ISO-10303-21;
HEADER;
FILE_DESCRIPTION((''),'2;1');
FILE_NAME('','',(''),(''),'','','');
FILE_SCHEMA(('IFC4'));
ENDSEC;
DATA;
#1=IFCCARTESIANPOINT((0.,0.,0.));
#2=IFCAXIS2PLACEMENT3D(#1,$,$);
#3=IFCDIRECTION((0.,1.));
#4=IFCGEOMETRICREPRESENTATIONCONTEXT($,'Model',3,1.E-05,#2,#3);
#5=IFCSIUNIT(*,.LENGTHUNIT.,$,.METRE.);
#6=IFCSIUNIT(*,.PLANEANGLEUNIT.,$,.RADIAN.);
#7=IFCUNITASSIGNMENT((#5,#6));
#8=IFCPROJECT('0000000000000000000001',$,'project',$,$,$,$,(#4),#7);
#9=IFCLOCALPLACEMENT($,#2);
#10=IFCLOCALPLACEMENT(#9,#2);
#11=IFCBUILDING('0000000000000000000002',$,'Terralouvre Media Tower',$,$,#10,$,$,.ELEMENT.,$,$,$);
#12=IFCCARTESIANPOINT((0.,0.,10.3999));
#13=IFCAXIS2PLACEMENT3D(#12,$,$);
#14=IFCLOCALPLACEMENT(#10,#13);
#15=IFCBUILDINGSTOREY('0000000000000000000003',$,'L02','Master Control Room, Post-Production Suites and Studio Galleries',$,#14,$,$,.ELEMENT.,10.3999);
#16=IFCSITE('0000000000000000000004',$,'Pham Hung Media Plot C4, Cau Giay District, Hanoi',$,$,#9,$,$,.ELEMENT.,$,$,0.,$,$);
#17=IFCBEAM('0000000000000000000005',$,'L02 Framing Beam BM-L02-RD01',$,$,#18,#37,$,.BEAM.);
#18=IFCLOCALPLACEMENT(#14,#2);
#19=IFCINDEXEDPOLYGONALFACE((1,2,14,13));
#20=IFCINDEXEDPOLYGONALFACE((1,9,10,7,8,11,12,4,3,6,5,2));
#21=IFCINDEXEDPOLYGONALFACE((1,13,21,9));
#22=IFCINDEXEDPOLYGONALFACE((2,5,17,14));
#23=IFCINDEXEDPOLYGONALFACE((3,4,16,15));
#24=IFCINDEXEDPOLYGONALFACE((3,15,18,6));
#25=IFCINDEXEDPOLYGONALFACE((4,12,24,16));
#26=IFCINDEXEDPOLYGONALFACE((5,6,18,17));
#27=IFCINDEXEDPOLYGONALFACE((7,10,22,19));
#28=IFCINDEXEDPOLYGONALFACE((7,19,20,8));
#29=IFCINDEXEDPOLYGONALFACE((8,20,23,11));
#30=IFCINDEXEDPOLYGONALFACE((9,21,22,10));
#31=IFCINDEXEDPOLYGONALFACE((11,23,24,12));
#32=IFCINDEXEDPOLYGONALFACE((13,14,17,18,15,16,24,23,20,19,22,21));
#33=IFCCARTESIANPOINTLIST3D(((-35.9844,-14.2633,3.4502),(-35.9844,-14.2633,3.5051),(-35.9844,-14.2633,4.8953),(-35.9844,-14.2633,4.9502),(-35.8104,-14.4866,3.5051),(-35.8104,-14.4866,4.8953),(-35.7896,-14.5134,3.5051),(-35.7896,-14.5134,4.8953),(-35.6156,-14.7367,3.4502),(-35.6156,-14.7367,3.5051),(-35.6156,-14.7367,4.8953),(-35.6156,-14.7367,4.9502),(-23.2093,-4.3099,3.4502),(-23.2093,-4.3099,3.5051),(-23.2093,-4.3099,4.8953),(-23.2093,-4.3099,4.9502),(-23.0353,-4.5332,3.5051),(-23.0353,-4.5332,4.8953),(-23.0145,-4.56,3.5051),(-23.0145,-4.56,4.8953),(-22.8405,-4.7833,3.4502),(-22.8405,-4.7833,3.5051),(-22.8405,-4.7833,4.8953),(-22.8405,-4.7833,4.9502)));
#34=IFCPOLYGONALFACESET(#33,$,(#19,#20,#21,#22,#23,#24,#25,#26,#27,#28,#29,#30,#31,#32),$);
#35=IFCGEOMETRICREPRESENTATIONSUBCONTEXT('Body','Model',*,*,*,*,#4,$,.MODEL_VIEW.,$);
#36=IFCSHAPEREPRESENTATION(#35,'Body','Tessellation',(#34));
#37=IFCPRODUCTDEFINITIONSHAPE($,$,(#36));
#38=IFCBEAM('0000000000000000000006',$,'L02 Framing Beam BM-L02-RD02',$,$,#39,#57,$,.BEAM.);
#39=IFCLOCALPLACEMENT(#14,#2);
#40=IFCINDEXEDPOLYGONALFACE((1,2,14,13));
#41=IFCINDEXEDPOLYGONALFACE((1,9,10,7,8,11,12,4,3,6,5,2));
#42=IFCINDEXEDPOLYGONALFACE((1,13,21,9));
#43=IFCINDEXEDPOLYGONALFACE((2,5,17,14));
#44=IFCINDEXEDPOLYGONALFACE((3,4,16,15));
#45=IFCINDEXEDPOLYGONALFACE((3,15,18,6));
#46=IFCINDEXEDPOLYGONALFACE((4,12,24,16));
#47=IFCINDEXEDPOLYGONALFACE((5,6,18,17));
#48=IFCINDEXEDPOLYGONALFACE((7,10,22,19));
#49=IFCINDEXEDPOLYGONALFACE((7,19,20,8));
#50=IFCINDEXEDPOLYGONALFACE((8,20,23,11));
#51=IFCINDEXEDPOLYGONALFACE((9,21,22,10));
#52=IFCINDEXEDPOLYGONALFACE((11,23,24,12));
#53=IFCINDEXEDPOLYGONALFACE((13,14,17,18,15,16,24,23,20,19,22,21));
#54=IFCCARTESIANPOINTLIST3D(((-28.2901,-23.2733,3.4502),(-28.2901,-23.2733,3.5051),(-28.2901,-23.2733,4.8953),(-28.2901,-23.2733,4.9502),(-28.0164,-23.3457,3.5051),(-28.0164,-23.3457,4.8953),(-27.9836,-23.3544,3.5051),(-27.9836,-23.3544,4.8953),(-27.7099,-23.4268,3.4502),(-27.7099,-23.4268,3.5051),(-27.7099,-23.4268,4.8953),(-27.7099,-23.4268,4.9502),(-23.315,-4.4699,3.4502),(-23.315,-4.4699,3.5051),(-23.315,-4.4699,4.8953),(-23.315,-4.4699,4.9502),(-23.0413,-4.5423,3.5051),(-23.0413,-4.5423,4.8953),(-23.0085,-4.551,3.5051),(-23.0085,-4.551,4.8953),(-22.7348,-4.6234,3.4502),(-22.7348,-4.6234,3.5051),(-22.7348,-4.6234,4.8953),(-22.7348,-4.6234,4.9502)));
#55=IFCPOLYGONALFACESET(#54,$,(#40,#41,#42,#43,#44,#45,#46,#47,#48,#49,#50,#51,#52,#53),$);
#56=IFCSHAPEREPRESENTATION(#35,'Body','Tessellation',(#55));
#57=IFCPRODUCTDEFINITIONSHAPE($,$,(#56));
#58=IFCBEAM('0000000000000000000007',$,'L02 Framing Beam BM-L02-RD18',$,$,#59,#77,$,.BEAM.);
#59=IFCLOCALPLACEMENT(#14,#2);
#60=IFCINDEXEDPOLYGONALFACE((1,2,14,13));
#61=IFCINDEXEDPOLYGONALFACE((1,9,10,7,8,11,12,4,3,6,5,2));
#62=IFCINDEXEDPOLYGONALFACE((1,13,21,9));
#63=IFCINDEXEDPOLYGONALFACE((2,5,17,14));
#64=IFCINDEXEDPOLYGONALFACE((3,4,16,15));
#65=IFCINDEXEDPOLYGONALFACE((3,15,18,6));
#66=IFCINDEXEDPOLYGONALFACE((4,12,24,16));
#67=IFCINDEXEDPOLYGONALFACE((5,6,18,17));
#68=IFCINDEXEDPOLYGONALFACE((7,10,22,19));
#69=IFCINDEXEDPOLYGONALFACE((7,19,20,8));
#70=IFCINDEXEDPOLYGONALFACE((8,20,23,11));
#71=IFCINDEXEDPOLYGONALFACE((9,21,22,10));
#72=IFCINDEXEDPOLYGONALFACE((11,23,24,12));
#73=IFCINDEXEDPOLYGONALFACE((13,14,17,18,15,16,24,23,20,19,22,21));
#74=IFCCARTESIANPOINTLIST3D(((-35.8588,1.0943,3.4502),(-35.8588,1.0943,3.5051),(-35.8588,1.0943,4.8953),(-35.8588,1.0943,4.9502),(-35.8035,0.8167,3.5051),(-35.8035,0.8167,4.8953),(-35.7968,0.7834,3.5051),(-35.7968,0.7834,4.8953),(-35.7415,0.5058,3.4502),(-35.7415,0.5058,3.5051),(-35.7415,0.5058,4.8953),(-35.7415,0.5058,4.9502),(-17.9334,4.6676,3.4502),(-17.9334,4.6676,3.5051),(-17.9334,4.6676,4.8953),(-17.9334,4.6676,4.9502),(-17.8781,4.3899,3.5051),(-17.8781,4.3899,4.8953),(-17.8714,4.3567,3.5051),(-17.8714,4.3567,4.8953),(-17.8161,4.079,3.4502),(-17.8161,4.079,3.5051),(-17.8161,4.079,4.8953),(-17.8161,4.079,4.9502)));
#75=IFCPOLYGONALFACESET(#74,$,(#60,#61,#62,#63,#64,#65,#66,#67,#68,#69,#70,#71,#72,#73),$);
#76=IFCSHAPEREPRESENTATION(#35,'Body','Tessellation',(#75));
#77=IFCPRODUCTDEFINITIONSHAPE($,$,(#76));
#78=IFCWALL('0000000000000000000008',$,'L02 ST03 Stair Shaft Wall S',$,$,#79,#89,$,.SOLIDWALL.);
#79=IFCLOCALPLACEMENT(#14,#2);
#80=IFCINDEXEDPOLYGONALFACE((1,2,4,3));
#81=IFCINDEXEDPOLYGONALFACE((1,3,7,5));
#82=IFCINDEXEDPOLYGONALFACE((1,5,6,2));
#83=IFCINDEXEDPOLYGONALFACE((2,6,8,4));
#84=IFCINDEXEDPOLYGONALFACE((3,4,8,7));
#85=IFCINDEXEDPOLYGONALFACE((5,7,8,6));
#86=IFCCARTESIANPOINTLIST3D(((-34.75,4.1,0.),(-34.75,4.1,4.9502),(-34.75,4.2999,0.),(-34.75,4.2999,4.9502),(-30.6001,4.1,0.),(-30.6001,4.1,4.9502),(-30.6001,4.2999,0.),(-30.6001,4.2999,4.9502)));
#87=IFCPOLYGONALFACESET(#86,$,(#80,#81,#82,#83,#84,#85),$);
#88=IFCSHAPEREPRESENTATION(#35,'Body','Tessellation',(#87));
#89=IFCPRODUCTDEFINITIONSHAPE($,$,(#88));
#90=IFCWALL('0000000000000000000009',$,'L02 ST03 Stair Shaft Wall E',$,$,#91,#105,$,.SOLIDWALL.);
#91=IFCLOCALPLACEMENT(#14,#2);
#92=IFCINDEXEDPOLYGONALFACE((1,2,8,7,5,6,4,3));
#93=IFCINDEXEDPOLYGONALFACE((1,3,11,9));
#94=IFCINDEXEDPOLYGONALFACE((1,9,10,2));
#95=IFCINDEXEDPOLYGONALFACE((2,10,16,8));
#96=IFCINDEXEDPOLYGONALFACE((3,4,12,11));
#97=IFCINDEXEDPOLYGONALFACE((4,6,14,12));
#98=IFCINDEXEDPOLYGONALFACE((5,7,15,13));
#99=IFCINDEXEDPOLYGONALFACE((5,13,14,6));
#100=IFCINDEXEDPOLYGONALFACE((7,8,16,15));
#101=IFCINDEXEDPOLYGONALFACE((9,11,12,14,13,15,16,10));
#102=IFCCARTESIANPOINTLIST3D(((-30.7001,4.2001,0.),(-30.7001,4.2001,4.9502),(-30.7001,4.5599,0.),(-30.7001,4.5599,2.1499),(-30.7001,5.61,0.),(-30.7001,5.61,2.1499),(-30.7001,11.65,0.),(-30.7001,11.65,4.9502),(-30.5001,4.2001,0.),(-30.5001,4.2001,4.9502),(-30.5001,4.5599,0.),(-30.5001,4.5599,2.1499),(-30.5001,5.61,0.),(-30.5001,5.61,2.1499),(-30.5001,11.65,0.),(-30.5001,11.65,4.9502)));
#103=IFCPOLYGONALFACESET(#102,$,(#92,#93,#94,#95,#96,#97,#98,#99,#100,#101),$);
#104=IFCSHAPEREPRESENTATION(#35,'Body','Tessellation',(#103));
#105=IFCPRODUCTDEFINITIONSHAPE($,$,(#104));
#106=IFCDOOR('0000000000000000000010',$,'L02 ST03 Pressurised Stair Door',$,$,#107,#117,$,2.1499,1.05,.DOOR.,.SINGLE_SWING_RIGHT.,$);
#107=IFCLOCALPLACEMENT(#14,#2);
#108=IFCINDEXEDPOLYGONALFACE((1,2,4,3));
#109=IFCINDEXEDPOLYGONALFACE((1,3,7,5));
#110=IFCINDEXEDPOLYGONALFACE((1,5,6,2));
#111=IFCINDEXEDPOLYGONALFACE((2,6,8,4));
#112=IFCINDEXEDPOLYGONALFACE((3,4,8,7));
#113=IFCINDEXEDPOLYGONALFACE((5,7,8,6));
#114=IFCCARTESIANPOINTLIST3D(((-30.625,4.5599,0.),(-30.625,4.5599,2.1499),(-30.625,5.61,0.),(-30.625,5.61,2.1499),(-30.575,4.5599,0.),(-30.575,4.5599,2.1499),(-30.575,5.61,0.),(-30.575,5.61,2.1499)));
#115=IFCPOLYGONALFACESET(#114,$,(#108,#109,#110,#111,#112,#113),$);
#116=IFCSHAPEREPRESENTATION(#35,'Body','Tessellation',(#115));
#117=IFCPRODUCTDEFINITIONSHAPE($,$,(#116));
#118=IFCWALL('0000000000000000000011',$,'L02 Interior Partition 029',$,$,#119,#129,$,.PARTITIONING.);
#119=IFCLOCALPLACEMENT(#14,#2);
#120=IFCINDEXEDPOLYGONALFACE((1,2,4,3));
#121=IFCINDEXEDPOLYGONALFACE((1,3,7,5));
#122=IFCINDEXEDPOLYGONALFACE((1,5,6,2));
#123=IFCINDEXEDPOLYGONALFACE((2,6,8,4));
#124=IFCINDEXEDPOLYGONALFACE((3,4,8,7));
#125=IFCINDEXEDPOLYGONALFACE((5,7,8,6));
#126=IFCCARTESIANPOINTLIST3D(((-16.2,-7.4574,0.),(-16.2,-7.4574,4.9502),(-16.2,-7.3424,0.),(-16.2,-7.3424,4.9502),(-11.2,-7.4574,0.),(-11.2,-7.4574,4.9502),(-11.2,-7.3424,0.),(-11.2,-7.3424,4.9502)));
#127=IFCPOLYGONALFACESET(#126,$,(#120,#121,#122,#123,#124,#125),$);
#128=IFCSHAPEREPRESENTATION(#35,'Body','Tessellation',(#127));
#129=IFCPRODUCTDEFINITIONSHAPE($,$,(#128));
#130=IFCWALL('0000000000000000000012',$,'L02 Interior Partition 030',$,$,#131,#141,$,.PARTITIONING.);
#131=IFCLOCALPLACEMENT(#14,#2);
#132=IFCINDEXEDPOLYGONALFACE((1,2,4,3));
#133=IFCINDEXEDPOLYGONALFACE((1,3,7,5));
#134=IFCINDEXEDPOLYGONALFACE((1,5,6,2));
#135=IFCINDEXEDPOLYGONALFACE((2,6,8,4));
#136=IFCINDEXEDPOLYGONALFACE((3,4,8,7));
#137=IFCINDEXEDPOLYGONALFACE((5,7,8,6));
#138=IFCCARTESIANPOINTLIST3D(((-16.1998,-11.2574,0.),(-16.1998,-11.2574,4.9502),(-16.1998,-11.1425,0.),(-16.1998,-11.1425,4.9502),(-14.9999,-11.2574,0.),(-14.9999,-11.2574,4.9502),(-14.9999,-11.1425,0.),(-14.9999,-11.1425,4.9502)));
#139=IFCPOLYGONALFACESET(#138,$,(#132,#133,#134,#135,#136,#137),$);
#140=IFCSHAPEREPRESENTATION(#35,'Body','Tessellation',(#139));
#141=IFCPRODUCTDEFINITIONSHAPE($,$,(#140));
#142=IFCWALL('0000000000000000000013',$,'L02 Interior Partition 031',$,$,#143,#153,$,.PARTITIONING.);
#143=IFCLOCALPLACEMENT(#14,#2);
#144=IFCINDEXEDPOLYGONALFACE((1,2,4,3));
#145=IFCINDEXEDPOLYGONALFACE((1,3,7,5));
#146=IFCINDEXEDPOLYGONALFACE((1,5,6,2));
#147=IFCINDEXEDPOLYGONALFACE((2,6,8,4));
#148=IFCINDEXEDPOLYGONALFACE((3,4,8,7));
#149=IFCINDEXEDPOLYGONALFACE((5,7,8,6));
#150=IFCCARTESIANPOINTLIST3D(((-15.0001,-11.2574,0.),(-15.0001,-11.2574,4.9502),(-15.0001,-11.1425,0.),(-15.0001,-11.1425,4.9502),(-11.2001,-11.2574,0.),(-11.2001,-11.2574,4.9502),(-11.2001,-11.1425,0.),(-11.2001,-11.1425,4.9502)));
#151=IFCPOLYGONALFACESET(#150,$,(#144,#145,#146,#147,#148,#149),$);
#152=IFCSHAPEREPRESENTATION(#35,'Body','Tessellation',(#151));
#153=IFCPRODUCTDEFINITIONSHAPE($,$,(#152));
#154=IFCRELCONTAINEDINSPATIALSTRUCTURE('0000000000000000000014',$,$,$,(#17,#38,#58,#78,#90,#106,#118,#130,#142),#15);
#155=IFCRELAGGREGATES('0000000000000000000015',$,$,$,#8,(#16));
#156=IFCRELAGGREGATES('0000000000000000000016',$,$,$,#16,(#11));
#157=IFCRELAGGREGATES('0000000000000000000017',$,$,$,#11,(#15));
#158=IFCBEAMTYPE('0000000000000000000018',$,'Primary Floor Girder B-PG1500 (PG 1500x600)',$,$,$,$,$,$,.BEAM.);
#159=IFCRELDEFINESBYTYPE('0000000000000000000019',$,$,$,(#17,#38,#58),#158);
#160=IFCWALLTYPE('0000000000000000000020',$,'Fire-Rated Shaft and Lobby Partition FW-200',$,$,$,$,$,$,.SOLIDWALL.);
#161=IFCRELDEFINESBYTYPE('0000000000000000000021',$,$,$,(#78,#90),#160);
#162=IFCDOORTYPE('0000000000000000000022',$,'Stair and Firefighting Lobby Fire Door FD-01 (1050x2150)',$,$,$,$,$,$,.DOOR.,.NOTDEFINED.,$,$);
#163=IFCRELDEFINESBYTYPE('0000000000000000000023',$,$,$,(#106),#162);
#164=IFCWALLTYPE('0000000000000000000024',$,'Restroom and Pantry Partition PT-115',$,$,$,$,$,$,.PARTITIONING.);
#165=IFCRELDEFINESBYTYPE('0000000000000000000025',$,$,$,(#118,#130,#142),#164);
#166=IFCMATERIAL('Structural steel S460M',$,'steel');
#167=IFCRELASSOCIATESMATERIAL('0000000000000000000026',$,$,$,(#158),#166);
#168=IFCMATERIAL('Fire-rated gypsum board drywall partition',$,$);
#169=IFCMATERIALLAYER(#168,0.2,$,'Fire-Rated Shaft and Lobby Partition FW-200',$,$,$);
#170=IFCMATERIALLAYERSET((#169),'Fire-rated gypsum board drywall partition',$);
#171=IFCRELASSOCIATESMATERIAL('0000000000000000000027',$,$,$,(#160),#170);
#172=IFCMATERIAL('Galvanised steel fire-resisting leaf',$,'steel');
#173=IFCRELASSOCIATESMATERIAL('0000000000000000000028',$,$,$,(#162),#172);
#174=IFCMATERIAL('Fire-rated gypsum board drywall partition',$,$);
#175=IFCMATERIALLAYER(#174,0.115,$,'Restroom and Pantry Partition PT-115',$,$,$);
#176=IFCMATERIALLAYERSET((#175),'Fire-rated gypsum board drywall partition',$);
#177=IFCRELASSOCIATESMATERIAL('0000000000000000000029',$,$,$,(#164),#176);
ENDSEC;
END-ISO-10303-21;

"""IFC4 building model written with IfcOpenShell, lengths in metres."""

from ifc_helpers import new_model, si_unit, direction, frame, frame_2d, origin, origin_2d, place, context, subcontext, project, spatial, rectangle, i_section, extrude, material, layer, layer_set, material_profile, profile_set, type_object, element, fill, save


model = new_model("IFC4")

# Units and contexts
model_context = context("Model", 3, precision=1e-05, world=origin(), true_north=direction((0.0, 1.0)))
body_context = subcontext(model_context, "Body", "Model", "MODEL_VIEW")
ifc_project = project(units=[si_unit("LENGTHUNIT", "METRE"), si_unit("PLANEANGLEUNIT", "RADIAN")], contexts=[model_context])

# Site, building, storey
site_placement = place(None, origin())
site = spatial("IfcSite", under=ifc_project, at=site_placement, Name="Pham Hung Media Plot C4, Cau Giay District, Hanoi", CompositionType="ELEMENT", RefElevation=0.0)
building_placement = place(site_placement, origin())
building = spatial("IfcBuilding", under=site, at=building_placement, Name="Terralouvre Media Tower", CompositionType="ELEMENT")
storey_placement = place(building_placement, frame((0.0, 0.0, 10.3999)))
storey = spatial("IfcBuildingStorey", under=building, at=storey_placement, Name="L02", Description="Master Control Room, Post-Production Suites and Studio Galleries", CompositionType="ELEMENT", Elevation=10.3999)

# Beams
ifc_material_1 = material(Name="Structural steel S460M", Category="steel")
ifc_material_profile_1 = material_profile(ifc_material_1, i_section(OverallWidth=0.6001, OverallDepth=1.5, WebThickness=0.0339, FlangeThickness=0.0549, at=origin_2d()), Name="PG 1500x600")
ifc_profile_set_1 = profile_set([ifc_material_profile_1], Name="Structural steel S460M")
beam_type_1 = type_object("IfcBeamType", Name="Primary Floor Girder B-PG1500 (PG 1500x600)", PredefinedType="BEAM", material=ifc_profile_set_1)
beam_1_placement = place(storey_placement, frame((-23.0249, -4.5466, 4.2002), z_axis=(-0.788839, -0.6146, 0.0), x_axis=(0.6146, -0.788839, 0.0)))
element("IfcBeam", 1, at=beam_1_placement, inside=storey, type_object=beam_type_1, Name="L02 Framing Beam BM-L02-RD01", PredefinedType="BEAM", context=body_context, shape_type="SweptSolid", body=[
    extrude(i_section(OverallWidth=0.6001, OverallDepth=1.5, WebThickness=0.0339, FlangeThickness=0.0549, at=origin_2d()), origin(), (0.0, 0.0, 1.0), 16.1948),
])
beam_2_placement = place(storey_placement, frame((-23.0249, -4.5466, 4.2002), z_axis=(-0.255783, -0.966734, 0.0), x_axis=(0.966734, -0.255783, 0.0)))
element("IfcBeam", 2, at=beam_2_placement, inside=storey, type_object=beam_type_1, Name="L02 Framing Beam BM-L02-RD02", PredefinedType="BEAM", context=body_context, shape_type="SweptSolid", body=[
    extrude(i_section(OverallWidth=0.6001, OverallDepth=1.5, WebThickness=0.0339, FlangeThickness=0.0549, at=origin_2d()), origin(), (0.0, 0.0, 1.0), 19.4504),
])
beam_3_placement = place(storey_placement, frame((-17.8748, 4.3733, 4.2002), z_axis=(-0.980705, -0.195494, 0.0), x_axis=(0.195494, -0.980705, 0.0)))
element("IfcBeam", 3, at=beam_3_placement, inside=storey, type_object=beam_type_1, Name="L02 Framing Beam BM-L02-RD18", PredefinedType="BEAM", context=body_context, shape_type="SweptSolid", body=[
    extrude(i_section(OverallWidth=0.6001, OverallDepth=1.5, WebThickness=0.0339, FlangeThickness=0.0549, at=origin_2d()), origin(), (0.0, 0.0, 1.0), 18.2781),
])

# Wall
ifc_material_2 = material(Name="Fire-rated gypsum board drywall partition")
ifc_layer_1 = layer(ifc_material_2, 0.2, Name="Fire-Rated Shaft and Lobby Partition FW-200")
ifc_layer_set_1 = layer_set([ifc_layer_1], Name="Fire-rated gypsum board drywall partition")
wall_type_1 = type_object("IfcWallType", Name="Fire-Rated Shaft and Lobby Partition FW-200", PredefinedType="SOLIDWALL", material=ifc_layer_set_1)
wall_1_placement = place(storey_placement, frame((-34.75, 4.2, 0.0), z_axis=(0.0, 0.0, 1.0), x_axis=(1.0, 0.0, 0.0)))
element("IfcWall", 4, at=wall_1_placement, inside=storey, type_object=wall_type_1, Name="L02 ST03 Stair Shaft Wall S", PredefinedType="SOLIDWALL", context=body_context, shape_type="SweptSolid", body=[
    extrude(rectangle(XDim=4.1499, YDim=0.2, at=frame_2d((2.075, 0.0))), origin(), (0.0, 0.0, 1.0), 4.9502),
])

# Wall, opening, door
wall_2_placement = place(storey_placement, frame((-30.6001, 4.2, 0.0), z_axis=(0.0, 0.0, 1.0), x_axis=(0.0, 1.0, 0.0)))
wall_2 = element("IfcWall", 5, at=wall_2_placement, inside=storey, type_object=wall_type_1, Name="L02 ST03 Stair Shaft Wall E", PredefinedType="SOLIDWALL", context=body_context, shape_type="SweptSolid", body=[
    extrude(rectangle(XDim=7.45, YDim=0.2, at=frame_2d((3.7251, 0.0))), origin(), (0.0, 0.0, 1.0), 4.9502),
])
opening_1_placement = place(wall_2_placement, frame((0.3601, 0.0, 0.0)))
opening_1 = element("IfcOpeningElement", 6, at=opening_1_placement, cuts=wall_2, PredefinedType="OPENING", context=body_context, shape_type="SweptSolid", body=[
    extrude(rectangle(XDim=1.05, YDim=2.1499, at=frame_2d((0.5249, 1.075))), frame((0.0, 0.1099, 0.0), z_axis=(0.0, -1.0, 0.0), x_axis=(1.0, 0.0, 0.0)), (0.0, 0.0, 1.0), 0.22),
])
ifc_material_3 = material(Name="Galvanised steel fire-resisting leaf", Category="steel")
door_type_1 = type_object("IfcDoorType", Name="Stair and Firefighting Lobby Fire Door FD-01 (1050x2150)", OperationType="NOTDEFINED", PredefinedType="DOOR", material=ifc_material_3)
door_1_placement = place(opening_1_placement, origin())
door_1 = element("IfcDoor", 7, at=door_1_placement, inside=storey, type_object=door_type_1, Name="L02 ST03 Pressurised Stair Door", OperationType="SINGLE_SWING_RIGHT", OverallHeight=2.1499, OverallWidth=1.05, PredefinedType="DOOR", context=body_context, shape_type="SweptSolid", body=[
    extrude(rectangle(XDim=1.05, YDim=2.1499, at=frame_2d((0.5249, 1.075))), frame((0.0, 0.0249, 0.0), z_axis=(0.0, -1.0, 0.0), x_axis=(1.0, 0.0, 0.0)), (0.0, 0.0, 1.0), 0.05),
])
fill(opening_1, door_1)

# Walls
ifc_material_4 = material(Name="Fire-rated gypsum board drywall partition")
ifc_layer_2 = layer(ifc_material_4, 0.115, Name="Restroom and Pantry Partition PT-115")
ifc_layer_set_2 = layer_set([ifc_layer_2], Name="Fire-rated gypsum board drywall partition")
wall_type_2 = type_object("IfcWallType", Name="Restroom and Pantry Partition PT-115", PredefinedType="PARTITIONING", material=ifc_layer_set_2)
wall_3_placement = place(storey_placement, frame((-16.2, -7.3999, 0.0), z_axis=(0.0, 0.0, 1.0), x_axis=(1.0, 0.0, 0.0)))
element("IfcWall", 8, at=wall_3_placement, inside=storey, type_object=wall_type_2, Name="L02 Interior Partition 029", PredefinedType="PARTITIONING", context=body_context, shape_type="SweptSolid", body=[
    extrude(rectangle(XDim=5.0, YDim=0.115, at=frame_2d((2.5, 0.0))), origin(), (0.0, 0.0, 1.0), 4.9502),
])
wall_4_placement = place(storey_placement, frame((-16.2, -11.2, 0.0), z_axis=(0.0, 0.0, 1.0), x_axis=(1.0, 0.0, 0.0)))
element("IfcWall", 9, at=wall_4_placement, inside=storey, type_object=wall_type_2, Name="L02 Interior Partition 030", PredefinedType="PARTITIONING", context=body_context, shape_type="SweptSolid", body=[
    extrude(rectangle(XDim=1.2, YDim=0.115, at=frame_2d((0.6001, 0.0))), origin(), (0.0, 0.0, 1.0), 4.9502),
])
wall_5_placement = place(storey_placement, frame((-15.0, -11.2, 0.0), z_axis=(0.0, 0.0, 1.0), x_axis=(1.0, 0.0, 0.0)))
element("IfcWall", 10, at=wall_5_placement, inside=storey, type_object=wall_type_2, Name="L02 Interior Partition 031", PredefinedType="PARTITIONING", context=body_context, shape_type="SweptSolid", body=[
    extrude(rectangle(XDim=3.8, YDim=0.115, at=frame_2d((1.8999, 0.0))), origin(), (0.0, 0.0, 1.0), 4.9502),
])

save(model, "model.ifc")
